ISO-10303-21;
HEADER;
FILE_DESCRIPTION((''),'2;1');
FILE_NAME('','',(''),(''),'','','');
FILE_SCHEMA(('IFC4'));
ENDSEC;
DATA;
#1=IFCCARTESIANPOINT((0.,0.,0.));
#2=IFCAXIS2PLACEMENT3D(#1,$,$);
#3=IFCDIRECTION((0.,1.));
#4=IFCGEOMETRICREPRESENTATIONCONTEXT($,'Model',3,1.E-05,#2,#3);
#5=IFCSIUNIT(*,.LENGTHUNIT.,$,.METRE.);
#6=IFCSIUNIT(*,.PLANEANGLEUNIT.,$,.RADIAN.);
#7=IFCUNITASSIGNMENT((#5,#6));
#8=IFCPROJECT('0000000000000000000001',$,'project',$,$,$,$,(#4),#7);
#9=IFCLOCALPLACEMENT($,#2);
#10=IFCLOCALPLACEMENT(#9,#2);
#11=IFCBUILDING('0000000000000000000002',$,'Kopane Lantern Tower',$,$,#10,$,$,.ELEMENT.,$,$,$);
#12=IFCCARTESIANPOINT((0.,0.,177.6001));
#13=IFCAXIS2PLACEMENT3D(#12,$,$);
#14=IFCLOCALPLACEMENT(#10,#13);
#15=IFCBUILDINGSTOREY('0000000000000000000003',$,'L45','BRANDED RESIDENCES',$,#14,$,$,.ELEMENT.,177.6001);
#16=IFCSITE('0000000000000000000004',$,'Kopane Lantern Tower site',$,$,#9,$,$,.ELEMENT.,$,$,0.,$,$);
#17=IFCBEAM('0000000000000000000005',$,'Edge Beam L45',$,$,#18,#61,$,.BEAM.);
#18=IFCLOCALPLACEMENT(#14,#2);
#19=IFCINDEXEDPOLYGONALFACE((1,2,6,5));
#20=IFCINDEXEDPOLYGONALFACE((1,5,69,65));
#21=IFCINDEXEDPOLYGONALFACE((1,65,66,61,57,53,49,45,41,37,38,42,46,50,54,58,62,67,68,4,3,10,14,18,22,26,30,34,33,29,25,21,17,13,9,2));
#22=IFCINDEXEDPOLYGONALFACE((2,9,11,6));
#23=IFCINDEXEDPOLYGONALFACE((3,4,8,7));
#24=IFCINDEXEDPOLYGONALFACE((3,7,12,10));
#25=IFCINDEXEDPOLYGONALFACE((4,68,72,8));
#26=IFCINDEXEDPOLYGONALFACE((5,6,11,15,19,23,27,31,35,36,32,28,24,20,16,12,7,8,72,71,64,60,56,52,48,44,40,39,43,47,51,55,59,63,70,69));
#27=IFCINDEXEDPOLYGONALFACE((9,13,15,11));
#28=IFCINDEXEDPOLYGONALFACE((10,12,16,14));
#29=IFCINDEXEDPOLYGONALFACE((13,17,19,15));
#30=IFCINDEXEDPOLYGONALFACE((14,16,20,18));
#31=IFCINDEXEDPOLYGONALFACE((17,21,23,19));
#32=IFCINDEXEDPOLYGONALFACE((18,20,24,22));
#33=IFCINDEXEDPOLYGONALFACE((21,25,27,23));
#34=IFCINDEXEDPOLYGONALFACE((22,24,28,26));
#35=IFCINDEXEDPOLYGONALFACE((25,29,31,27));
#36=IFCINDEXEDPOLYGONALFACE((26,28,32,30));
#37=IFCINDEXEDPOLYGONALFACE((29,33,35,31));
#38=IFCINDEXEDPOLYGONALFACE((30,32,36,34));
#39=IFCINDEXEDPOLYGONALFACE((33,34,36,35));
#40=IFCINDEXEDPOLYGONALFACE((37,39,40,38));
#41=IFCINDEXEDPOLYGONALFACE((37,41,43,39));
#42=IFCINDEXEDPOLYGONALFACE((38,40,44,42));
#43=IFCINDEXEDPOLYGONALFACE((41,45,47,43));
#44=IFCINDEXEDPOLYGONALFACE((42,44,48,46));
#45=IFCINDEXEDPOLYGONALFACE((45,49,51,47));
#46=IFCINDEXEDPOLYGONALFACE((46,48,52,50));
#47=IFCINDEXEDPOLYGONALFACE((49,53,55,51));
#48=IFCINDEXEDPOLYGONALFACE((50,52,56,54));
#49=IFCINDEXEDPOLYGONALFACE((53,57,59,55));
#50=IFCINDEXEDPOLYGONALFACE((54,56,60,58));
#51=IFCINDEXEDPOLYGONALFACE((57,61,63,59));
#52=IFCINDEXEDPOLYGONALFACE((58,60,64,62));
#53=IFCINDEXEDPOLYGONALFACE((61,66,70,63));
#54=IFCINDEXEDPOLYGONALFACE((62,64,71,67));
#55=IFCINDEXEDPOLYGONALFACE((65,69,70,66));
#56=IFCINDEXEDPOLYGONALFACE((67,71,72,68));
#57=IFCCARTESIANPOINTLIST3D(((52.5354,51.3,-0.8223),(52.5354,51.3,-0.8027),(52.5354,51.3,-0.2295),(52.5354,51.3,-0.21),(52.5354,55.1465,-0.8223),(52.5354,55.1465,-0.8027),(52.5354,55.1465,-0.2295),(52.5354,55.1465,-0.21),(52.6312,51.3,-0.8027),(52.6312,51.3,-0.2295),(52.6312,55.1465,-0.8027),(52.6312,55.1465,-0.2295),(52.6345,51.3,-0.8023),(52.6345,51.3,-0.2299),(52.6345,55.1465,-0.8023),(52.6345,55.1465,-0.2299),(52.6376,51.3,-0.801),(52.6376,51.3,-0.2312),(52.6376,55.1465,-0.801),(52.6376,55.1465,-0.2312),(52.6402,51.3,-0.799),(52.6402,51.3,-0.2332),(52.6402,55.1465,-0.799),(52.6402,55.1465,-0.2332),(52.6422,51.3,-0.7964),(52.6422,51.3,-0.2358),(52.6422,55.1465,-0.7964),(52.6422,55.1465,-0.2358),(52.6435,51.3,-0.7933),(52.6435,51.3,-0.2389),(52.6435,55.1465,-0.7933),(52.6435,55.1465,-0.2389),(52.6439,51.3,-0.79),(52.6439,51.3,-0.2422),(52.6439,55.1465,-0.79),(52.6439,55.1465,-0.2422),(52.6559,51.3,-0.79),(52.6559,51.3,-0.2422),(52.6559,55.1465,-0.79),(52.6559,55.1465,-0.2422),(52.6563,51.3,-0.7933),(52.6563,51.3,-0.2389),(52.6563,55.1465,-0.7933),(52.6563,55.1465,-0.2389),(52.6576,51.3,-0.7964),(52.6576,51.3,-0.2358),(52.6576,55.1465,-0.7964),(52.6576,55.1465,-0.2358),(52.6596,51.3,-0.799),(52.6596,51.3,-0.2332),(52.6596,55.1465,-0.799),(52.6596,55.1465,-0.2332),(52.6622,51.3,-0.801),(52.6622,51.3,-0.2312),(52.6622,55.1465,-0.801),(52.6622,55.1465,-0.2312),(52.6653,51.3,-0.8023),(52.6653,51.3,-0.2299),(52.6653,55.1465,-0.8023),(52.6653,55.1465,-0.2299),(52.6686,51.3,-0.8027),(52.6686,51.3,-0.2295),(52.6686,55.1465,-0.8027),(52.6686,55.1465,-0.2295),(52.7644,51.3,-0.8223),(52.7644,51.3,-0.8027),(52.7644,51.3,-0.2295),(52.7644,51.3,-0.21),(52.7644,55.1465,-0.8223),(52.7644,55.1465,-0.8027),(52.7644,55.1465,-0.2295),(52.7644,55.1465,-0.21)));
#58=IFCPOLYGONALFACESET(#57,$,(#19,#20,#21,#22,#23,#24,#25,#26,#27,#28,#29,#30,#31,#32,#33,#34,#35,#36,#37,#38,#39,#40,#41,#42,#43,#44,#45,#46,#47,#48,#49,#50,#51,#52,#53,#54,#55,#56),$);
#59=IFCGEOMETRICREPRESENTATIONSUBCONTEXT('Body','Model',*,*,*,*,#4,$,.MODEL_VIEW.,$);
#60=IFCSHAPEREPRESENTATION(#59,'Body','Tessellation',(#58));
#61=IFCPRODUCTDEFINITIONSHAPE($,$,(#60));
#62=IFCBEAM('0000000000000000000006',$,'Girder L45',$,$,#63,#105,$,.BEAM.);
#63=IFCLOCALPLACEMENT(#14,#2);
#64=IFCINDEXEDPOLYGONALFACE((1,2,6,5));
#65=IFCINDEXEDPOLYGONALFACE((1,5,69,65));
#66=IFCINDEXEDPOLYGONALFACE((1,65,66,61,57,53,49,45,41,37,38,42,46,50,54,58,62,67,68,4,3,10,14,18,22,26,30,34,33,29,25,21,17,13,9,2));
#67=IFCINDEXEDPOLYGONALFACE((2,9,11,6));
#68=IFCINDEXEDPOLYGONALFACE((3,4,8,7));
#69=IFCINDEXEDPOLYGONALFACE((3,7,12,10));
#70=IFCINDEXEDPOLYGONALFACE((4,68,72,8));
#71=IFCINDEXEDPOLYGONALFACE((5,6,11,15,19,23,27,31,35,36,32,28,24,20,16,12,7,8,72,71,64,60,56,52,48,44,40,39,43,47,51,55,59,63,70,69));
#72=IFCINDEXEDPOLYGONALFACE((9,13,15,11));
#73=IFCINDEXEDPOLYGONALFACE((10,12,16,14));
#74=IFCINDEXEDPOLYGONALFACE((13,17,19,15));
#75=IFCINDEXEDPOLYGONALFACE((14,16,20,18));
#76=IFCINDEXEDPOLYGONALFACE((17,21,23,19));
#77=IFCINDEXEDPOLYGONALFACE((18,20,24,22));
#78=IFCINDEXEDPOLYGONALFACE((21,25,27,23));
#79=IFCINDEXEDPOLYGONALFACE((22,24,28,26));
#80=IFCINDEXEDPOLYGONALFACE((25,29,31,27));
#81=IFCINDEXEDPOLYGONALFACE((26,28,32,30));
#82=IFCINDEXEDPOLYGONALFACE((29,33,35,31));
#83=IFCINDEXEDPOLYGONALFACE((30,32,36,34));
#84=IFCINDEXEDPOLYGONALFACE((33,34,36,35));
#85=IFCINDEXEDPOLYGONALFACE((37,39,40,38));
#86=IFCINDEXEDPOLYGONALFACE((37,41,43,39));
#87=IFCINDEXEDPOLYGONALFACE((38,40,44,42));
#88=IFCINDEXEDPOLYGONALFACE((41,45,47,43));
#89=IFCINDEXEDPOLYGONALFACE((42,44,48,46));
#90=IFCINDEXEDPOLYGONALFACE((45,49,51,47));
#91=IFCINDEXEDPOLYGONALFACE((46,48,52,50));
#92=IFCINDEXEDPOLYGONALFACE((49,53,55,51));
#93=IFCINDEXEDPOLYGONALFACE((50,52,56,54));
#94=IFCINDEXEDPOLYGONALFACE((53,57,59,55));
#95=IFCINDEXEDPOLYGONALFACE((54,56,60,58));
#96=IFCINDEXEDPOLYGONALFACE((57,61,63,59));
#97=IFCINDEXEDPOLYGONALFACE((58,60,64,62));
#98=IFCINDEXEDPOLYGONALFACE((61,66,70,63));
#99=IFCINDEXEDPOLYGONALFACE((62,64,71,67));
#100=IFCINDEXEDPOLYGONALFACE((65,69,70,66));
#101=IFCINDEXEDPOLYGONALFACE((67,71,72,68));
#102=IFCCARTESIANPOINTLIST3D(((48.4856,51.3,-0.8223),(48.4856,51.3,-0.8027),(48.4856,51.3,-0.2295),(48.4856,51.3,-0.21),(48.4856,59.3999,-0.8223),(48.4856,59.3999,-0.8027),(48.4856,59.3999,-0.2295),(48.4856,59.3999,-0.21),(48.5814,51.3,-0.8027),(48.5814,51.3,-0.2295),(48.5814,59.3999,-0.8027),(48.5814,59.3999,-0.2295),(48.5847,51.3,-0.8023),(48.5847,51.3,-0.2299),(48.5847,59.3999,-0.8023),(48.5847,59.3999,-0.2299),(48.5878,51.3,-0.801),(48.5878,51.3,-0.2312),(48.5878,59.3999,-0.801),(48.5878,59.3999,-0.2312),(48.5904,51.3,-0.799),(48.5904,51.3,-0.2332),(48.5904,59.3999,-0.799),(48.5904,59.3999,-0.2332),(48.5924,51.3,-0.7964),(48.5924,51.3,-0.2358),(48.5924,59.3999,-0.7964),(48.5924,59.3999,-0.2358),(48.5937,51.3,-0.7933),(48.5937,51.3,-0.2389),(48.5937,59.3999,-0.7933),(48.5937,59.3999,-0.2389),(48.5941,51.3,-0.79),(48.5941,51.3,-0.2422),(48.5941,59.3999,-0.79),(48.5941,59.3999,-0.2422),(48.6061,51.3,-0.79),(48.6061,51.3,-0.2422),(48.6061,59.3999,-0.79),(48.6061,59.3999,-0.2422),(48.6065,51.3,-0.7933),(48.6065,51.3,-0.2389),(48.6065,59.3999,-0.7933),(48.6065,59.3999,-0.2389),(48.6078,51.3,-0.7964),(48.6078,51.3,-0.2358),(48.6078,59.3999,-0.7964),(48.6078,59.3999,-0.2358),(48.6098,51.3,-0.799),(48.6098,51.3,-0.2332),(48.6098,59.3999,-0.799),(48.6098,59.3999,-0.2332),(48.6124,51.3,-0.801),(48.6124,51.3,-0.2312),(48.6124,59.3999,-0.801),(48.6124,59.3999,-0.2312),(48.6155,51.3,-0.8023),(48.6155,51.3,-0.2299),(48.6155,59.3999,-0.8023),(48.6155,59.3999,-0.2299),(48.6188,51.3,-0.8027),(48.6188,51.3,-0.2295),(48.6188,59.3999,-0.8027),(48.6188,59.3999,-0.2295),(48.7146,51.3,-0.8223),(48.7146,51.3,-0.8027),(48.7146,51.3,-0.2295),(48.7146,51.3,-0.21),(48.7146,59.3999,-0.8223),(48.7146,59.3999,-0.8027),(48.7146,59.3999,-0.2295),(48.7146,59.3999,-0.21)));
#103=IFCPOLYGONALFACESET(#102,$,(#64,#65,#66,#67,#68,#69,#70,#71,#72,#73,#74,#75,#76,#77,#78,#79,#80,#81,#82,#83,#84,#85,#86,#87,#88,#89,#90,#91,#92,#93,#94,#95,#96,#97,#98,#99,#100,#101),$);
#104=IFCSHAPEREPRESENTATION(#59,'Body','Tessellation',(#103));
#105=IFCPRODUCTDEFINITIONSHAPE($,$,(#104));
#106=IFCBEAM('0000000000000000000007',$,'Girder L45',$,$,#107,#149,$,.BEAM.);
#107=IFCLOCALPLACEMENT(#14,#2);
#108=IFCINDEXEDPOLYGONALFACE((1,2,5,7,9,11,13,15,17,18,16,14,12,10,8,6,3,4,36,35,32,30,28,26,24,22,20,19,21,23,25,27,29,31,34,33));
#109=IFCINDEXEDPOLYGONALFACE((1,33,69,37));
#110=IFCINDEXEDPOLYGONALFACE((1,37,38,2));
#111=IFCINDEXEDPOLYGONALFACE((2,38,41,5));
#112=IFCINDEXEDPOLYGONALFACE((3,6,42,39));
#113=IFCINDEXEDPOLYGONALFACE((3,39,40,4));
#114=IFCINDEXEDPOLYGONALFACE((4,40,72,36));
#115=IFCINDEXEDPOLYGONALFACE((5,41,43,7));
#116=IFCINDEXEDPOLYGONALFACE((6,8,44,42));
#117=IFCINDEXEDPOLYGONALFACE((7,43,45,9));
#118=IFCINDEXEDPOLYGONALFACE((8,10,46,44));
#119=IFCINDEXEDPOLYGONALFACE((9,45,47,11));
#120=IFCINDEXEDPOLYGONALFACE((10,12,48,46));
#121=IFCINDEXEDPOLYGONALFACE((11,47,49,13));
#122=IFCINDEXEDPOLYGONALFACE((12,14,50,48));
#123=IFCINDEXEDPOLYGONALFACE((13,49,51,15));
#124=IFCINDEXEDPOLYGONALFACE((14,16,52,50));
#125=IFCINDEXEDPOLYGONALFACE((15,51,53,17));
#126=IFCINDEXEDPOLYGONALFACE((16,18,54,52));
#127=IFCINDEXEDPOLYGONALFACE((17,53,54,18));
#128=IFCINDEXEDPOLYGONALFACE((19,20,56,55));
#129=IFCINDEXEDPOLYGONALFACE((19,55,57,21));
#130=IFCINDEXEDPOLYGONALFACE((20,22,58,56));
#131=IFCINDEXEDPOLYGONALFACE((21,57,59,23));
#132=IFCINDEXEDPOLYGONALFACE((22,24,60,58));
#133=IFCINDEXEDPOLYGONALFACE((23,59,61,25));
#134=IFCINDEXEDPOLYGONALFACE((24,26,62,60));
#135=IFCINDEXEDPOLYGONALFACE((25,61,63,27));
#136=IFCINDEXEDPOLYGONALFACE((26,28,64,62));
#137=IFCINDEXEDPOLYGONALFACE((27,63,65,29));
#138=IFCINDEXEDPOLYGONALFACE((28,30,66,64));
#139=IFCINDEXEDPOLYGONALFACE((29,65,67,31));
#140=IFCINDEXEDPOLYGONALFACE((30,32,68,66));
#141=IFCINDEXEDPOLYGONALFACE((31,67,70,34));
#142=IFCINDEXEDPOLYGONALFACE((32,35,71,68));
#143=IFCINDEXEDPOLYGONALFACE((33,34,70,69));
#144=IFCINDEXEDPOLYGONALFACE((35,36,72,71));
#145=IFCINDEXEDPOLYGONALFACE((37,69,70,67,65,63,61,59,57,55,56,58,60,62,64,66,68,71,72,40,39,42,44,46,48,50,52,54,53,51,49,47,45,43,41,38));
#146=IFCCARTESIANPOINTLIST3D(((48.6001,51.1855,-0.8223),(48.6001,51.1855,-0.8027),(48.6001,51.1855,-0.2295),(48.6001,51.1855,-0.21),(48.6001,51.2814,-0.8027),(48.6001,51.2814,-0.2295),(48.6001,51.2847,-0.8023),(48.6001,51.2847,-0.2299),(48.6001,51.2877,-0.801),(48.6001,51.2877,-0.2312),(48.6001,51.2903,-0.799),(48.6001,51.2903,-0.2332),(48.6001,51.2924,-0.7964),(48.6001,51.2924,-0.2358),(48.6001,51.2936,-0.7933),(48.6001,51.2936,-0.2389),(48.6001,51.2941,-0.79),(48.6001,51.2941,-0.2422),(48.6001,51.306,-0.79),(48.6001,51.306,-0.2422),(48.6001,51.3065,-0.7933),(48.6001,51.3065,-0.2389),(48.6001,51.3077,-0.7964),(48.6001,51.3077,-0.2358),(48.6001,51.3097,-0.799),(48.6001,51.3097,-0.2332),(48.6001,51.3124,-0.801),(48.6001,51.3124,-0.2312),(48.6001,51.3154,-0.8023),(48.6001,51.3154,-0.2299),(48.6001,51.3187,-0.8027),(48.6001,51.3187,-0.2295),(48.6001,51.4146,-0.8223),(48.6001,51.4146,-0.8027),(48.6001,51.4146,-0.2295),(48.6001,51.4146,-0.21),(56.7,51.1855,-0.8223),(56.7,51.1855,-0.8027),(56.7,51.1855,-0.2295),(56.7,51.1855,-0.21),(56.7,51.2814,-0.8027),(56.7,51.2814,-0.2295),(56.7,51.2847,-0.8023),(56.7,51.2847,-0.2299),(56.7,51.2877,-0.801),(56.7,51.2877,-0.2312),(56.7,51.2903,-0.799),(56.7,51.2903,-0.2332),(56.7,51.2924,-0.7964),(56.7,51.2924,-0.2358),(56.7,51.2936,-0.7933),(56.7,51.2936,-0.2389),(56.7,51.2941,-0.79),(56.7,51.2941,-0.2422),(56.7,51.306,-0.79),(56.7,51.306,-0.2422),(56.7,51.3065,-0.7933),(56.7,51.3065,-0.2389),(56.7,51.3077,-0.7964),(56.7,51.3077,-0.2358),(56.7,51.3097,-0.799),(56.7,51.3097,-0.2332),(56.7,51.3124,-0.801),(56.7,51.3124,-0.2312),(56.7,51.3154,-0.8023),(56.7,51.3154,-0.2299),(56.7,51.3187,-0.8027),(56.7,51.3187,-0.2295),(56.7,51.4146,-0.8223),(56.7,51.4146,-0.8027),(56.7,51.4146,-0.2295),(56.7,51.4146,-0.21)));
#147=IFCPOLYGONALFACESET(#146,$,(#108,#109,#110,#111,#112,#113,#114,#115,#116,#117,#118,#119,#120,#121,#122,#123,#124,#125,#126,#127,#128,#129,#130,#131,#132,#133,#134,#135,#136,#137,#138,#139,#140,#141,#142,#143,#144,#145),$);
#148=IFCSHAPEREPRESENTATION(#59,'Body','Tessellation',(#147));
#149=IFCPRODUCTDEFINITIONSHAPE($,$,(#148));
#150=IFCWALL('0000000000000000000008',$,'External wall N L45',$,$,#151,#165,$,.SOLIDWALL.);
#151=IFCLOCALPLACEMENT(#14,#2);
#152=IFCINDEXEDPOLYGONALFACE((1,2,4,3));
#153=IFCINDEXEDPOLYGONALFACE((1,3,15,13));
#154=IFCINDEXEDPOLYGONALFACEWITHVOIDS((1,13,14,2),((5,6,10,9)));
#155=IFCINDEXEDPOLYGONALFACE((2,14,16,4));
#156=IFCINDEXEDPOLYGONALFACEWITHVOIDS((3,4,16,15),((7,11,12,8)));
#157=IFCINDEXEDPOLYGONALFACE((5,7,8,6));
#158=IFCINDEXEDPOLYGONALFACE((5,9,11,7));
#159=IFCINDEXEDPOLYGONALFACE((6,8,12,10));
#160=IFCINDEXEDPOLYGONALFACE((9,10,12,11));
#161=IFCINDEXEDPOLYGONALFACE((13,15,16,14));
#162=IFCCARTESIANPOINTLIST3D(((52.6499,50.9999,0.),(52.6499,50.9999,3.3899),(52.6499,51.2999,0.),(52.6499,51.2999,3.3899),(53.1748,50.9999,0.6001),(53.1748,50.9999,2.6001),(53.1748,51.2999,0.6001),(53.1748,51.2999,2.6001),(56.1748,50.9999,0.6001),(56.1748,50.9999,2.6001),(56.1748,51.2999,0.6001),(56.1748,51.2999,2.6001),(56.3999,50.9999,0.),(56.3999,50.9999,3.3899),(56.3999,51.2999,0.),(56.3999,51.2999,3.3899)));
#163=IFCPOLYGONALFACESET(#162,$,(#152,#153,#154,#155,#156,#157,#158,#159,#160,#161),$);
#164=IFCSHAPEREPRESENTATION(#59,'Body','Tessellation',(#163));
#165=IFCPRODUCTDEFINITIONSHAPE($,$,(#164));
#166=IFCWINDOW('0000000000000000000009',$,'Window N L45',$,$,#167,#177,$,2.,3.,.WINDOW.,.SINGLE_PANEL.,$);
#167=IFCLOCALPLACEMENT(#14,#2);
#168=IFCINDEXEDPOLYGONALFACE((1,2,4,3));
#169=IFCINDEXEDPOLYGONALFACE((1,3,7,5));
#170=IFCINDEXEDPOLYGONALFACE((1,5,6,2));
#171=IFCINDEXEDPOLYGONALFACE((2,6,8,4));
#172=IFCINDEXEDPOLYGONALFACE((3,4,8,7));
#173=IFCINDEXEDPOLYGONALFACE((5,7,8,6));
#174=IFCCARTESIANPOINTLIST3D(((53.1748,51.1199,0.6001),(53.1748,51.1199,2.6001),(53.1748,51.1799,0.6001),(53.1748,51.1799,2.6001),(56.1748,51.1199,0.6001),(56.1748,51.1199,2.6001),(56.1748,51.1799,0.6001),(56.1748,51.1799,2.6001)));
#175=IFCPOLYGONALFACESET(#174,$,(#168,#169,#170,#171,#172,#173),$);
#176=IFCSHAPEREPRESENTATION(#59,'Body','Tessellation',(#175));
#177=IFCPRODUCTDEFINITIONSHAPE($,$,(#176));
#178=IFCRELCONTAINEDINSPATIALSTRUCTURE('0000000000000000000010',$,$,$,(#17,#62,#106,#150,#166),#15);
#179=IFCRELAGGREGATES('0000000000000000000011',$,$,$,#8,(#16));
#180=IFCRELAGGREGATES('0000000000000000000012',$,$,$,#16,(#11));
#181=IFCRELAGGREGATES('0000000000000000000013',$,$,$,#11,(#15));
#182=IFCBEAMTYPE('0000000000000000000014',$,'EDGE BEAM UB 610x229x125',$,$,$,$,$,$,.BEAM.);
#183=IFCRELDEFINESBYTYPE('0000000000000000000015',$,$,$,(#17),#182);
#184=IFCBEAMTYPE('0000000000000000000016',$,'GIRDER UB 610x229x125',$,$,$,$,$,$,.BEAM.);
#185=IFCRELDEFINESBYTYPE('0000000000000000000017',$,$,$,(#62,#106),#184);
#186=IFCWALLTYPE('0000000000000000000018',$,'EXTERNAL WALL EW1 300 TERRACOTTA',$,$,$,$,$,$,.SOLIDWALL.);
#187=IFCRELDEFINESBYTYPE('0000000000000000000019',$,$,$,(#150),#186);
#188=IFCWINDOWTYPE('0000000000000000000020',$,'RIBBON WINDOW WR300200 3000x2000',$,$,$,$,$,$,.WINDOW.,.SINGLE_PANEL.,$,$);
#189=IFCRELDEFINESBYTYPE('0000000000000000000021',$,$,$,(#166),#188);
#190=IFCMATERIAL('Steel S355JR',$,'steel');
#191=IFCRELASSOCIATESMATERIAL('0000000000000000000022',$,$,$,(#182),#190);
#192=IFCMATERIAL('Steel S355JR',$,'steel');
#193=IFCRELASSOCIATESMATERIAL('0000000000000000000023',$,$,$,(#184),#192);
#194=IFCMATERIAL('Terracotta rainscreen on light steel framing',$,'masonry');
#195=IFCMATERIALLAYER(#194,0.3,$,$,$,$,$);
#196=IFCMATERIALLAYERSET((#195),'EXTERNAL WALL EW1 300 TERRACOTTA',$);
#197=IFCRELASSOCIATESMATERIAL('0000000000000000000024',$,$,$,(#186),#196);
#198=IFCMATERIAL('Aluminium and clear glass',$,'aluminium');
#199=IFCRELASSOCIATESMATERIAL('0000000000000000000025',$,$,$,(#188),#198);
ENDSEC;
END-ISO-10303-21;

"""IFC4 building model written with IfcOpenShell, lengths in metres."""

from ifc_helpers import new_model, si_unit, direction, frame, frame_2d, origin, origin_2d, place, context, subcontext, project, spatial, rectangle, i_section, extrude, material, layer, layer_set, material_profile, profile_set, type_object, element, fill, save


model = new_model("IFC4")

# Units and contexts
model_context = context("Model", 3, precision=1e-05, world=origin(), true_north=direction((0.0, 1.0)))
body_context = subcontext(model_context, "Body", "Model", "MODEL_VIEW")
ifc_project = project(units=[si_unit("LENGTHUNIT", "METRE"), si_unit("PLANEANGLEUNIT", "RADIAN")], contexts=[model_context])

# Site, building, storey
site_placement = place(None, origin())
site = spatial("IfcSite", under=ifc_project, at=site_placement, Name="Kopane Lantern Tower site", CompositionType="ELEMENT", RefElevation=0.0)
building_placement = place(site_placement, origin())
building = spatial("IfcBuilding", under=site, at=building_placement, Name="Kopane Lantern Tower", CompositionType="ELEMENT")
storey_placement = place(building_placement, frame((0.0, 0.0, 177.6001)))
storey = spatial("IfcBuildingStorey", under=building, at=storey_placement, Name="L45", Description="BRANDED RESIDENCES", CompositionType="ELEMENT", Elevation=177.6001)

# Beams
ifc_material_1 = material(Name="Steel S355JR", Category="steel")
ifc_material_profile_1 = material_profile(ifc_material_1, i_section(OverallWidth=0.229, OverallDepth=0.6123, WebThickness=0.012, FlangeThickness=0.0195, FilletRadius=0.0127, at=origin_2d()), Name="UB 610x229x125")
ifc_profile_set_1 = profile_set([ifc_material_profile_1], Name="Steel S355JR")
beam_type_1 = type_object("IfcBeamType", Name="EDGE BEAM UB 610x229x125", PredefinedType="BEAM", material=ifc_profile_set_1)
for number, where, z_axis, x_axis, name in (
    (1, (52.6499, 55.1465, -0.5161), (0.0, -1.0, 0.0), (1.0, 0.0, 0.0), "Edge Beam L45"),
):
    element("IfcBeam", number, at=place(storey_placement, frame(where, z_axis=z_axis, x_axis=x_axis)), inside=storey, type_object=beam_type_1, Name=name, PredefinedType="BEAM", context=body_context, shape_type="SweptSolid", body=[
        extrude(i_section(OverallWidth=0.229, OverallDepth=0.6123, WebThickness=0.012, FlangeThickness=0.0195, FilletRadius=0.0127, at=origin_2d()), origin(), (0.0, 0.0, 1.0), 3.8464),
    ])
ifc_material_2 = material(Name="Steel S355JR", Category="steel")
ifc_material_profile_2 = material_profile(ifc_material_2, i_section(OverallWidth=0.229, OverallDepth=0.6123, WebThickness=0.012, FlangeThickness=0.0195, FilletRadius=0.0127, at=origin_2d()), Name="UB 610x229x125")
ifc_profile_set_2 = profile_set([ifc_material_profile_2], Name="Steel S355JR")
beam_type_2 = type_object("IfcBeamType", Name="GIRDER UB 610x229x125", PredefinedType="BEAM", material=ifc_profile_set_2)
for number, where, z_axis, x_axis, name in (
    (2, (48.6001, 51.3, -0.5161), (0.0, 1.0, 0.0), (-1.0, 0.0, 0.0), "Girder L45"),
    (3, (48.6001, 51.3, -0.5161), (1.0, 0.0, 0.0), (0.0, 1.0, 0.0), "Girder L45"),
):
    element("IfcBeam", number, at=place(storey_placement, frame(where, z_axis=z_axis, x_axis=x_axis)), inside=storey, type_object=beam_type_2, Name=name, PredefinedType="BEAM", context=body_context, shape_type="SweptSolid", body=[
        extrude(i_section(OverallWidth=0.229, OverallDepth=0.6123, WebThickness=0.012, FlangeThickness=0.0195, FilletRadius=0.0127, at=origin_2d()), origin(), (0.0, 0.0, 1.0), 8.0999),
    ])

# Wall, opening, window
ifc_material_3 = material(Name="Terracotta rainscreen on light steel framing", Category="masonry")
ifc_layer = layer(ifc_material_3, 0.3)
ifc_layer_set = layer_set([ifc_layer], Name="EXTERNAL WALL EW1 300 TERRACOTTA")
wall_type = type_object("IfcWallType", Name="EXTERNAL WALL EW1 300 TERRACOTTA", PredefinedType="SOLIDWALL", material=ifc_layer_set)
wall_1_placement = place(storey_placement, frame((56.3999, 51.1499, 0.0), z_axis=(0.0, 0.0, 1.0), x_axis=(-1.0, 0.0, 0.0)))
wall_1 = element("IfcWall", 4, at=wall_1_placement, inside=storey, type_object=wall_type, Name="External wall N L45", PredefinedType="SOLIDWALL", context=body_context, shape_type="SweptSolid", body=[
    extrude(rectangle(XDim=3.75, YDim=0.3, at=frame_2d((1.875, 0.0))), origin(), (0.0, 0.0, 1.0), 3.3899),
])
opening_1_placement = place(wall_1_placement, frame((0.2251, 0.0, 0.6001)))
opening_1 = element("IfcOpeningElement", 5, at=opening_1_placement, cuts=wall_1, PredefinedType="OPENING", context=body_context, shape_type="SweptSolid", body=[
    extrude(rectangle(XDim=3.0, YDim=2.0, at=frame_2d((1.5, 1.0))), frame((0.0, 0.1599, 0.0), z_axis=(0.0, -1.0, 0.0), x_axis=(1.0, 0.0, 0.0)), (0.0, 0.0, 1.0), 0.3201),
])
ifc_material_4 = material(Name="Aluminium and clear glass", Category="aluminium")
window_type = type_object("IfcWindowType", Name="RIBBON WINDOW WR300200 3000x2000", PartitioningType="SINGLE_PANEL", PredefinedType="WINDOW", material=ifc_material_4)
window_1_placement = place(opening_1_placement, origin())
window_1 = element("IfcWindow", 6, at=window_1_placement, inside=storey, type_object=window_type, Name="Window N L45", OverallHeight=2.0, OverallWidth=3.0, PartitioningType="SINGLE_PANEL", PredefinedType="WINDOW", context=body_context, shape_type="SweptSolid", body=[
    extrude(rectangle(XDim=3.0, YDim=2.0, at=frame_2d((1.5, 1.0))), frame((0.0, 0.03, 0.0), z_axis=(0.0, -1.0, 0.0), x_axis=(1.0, 0.0, 0.0)), (0.0, 0.0, 1.0), 0.0601),
])
fill(opening_1, window_1)

save(model, "model.ifc")
